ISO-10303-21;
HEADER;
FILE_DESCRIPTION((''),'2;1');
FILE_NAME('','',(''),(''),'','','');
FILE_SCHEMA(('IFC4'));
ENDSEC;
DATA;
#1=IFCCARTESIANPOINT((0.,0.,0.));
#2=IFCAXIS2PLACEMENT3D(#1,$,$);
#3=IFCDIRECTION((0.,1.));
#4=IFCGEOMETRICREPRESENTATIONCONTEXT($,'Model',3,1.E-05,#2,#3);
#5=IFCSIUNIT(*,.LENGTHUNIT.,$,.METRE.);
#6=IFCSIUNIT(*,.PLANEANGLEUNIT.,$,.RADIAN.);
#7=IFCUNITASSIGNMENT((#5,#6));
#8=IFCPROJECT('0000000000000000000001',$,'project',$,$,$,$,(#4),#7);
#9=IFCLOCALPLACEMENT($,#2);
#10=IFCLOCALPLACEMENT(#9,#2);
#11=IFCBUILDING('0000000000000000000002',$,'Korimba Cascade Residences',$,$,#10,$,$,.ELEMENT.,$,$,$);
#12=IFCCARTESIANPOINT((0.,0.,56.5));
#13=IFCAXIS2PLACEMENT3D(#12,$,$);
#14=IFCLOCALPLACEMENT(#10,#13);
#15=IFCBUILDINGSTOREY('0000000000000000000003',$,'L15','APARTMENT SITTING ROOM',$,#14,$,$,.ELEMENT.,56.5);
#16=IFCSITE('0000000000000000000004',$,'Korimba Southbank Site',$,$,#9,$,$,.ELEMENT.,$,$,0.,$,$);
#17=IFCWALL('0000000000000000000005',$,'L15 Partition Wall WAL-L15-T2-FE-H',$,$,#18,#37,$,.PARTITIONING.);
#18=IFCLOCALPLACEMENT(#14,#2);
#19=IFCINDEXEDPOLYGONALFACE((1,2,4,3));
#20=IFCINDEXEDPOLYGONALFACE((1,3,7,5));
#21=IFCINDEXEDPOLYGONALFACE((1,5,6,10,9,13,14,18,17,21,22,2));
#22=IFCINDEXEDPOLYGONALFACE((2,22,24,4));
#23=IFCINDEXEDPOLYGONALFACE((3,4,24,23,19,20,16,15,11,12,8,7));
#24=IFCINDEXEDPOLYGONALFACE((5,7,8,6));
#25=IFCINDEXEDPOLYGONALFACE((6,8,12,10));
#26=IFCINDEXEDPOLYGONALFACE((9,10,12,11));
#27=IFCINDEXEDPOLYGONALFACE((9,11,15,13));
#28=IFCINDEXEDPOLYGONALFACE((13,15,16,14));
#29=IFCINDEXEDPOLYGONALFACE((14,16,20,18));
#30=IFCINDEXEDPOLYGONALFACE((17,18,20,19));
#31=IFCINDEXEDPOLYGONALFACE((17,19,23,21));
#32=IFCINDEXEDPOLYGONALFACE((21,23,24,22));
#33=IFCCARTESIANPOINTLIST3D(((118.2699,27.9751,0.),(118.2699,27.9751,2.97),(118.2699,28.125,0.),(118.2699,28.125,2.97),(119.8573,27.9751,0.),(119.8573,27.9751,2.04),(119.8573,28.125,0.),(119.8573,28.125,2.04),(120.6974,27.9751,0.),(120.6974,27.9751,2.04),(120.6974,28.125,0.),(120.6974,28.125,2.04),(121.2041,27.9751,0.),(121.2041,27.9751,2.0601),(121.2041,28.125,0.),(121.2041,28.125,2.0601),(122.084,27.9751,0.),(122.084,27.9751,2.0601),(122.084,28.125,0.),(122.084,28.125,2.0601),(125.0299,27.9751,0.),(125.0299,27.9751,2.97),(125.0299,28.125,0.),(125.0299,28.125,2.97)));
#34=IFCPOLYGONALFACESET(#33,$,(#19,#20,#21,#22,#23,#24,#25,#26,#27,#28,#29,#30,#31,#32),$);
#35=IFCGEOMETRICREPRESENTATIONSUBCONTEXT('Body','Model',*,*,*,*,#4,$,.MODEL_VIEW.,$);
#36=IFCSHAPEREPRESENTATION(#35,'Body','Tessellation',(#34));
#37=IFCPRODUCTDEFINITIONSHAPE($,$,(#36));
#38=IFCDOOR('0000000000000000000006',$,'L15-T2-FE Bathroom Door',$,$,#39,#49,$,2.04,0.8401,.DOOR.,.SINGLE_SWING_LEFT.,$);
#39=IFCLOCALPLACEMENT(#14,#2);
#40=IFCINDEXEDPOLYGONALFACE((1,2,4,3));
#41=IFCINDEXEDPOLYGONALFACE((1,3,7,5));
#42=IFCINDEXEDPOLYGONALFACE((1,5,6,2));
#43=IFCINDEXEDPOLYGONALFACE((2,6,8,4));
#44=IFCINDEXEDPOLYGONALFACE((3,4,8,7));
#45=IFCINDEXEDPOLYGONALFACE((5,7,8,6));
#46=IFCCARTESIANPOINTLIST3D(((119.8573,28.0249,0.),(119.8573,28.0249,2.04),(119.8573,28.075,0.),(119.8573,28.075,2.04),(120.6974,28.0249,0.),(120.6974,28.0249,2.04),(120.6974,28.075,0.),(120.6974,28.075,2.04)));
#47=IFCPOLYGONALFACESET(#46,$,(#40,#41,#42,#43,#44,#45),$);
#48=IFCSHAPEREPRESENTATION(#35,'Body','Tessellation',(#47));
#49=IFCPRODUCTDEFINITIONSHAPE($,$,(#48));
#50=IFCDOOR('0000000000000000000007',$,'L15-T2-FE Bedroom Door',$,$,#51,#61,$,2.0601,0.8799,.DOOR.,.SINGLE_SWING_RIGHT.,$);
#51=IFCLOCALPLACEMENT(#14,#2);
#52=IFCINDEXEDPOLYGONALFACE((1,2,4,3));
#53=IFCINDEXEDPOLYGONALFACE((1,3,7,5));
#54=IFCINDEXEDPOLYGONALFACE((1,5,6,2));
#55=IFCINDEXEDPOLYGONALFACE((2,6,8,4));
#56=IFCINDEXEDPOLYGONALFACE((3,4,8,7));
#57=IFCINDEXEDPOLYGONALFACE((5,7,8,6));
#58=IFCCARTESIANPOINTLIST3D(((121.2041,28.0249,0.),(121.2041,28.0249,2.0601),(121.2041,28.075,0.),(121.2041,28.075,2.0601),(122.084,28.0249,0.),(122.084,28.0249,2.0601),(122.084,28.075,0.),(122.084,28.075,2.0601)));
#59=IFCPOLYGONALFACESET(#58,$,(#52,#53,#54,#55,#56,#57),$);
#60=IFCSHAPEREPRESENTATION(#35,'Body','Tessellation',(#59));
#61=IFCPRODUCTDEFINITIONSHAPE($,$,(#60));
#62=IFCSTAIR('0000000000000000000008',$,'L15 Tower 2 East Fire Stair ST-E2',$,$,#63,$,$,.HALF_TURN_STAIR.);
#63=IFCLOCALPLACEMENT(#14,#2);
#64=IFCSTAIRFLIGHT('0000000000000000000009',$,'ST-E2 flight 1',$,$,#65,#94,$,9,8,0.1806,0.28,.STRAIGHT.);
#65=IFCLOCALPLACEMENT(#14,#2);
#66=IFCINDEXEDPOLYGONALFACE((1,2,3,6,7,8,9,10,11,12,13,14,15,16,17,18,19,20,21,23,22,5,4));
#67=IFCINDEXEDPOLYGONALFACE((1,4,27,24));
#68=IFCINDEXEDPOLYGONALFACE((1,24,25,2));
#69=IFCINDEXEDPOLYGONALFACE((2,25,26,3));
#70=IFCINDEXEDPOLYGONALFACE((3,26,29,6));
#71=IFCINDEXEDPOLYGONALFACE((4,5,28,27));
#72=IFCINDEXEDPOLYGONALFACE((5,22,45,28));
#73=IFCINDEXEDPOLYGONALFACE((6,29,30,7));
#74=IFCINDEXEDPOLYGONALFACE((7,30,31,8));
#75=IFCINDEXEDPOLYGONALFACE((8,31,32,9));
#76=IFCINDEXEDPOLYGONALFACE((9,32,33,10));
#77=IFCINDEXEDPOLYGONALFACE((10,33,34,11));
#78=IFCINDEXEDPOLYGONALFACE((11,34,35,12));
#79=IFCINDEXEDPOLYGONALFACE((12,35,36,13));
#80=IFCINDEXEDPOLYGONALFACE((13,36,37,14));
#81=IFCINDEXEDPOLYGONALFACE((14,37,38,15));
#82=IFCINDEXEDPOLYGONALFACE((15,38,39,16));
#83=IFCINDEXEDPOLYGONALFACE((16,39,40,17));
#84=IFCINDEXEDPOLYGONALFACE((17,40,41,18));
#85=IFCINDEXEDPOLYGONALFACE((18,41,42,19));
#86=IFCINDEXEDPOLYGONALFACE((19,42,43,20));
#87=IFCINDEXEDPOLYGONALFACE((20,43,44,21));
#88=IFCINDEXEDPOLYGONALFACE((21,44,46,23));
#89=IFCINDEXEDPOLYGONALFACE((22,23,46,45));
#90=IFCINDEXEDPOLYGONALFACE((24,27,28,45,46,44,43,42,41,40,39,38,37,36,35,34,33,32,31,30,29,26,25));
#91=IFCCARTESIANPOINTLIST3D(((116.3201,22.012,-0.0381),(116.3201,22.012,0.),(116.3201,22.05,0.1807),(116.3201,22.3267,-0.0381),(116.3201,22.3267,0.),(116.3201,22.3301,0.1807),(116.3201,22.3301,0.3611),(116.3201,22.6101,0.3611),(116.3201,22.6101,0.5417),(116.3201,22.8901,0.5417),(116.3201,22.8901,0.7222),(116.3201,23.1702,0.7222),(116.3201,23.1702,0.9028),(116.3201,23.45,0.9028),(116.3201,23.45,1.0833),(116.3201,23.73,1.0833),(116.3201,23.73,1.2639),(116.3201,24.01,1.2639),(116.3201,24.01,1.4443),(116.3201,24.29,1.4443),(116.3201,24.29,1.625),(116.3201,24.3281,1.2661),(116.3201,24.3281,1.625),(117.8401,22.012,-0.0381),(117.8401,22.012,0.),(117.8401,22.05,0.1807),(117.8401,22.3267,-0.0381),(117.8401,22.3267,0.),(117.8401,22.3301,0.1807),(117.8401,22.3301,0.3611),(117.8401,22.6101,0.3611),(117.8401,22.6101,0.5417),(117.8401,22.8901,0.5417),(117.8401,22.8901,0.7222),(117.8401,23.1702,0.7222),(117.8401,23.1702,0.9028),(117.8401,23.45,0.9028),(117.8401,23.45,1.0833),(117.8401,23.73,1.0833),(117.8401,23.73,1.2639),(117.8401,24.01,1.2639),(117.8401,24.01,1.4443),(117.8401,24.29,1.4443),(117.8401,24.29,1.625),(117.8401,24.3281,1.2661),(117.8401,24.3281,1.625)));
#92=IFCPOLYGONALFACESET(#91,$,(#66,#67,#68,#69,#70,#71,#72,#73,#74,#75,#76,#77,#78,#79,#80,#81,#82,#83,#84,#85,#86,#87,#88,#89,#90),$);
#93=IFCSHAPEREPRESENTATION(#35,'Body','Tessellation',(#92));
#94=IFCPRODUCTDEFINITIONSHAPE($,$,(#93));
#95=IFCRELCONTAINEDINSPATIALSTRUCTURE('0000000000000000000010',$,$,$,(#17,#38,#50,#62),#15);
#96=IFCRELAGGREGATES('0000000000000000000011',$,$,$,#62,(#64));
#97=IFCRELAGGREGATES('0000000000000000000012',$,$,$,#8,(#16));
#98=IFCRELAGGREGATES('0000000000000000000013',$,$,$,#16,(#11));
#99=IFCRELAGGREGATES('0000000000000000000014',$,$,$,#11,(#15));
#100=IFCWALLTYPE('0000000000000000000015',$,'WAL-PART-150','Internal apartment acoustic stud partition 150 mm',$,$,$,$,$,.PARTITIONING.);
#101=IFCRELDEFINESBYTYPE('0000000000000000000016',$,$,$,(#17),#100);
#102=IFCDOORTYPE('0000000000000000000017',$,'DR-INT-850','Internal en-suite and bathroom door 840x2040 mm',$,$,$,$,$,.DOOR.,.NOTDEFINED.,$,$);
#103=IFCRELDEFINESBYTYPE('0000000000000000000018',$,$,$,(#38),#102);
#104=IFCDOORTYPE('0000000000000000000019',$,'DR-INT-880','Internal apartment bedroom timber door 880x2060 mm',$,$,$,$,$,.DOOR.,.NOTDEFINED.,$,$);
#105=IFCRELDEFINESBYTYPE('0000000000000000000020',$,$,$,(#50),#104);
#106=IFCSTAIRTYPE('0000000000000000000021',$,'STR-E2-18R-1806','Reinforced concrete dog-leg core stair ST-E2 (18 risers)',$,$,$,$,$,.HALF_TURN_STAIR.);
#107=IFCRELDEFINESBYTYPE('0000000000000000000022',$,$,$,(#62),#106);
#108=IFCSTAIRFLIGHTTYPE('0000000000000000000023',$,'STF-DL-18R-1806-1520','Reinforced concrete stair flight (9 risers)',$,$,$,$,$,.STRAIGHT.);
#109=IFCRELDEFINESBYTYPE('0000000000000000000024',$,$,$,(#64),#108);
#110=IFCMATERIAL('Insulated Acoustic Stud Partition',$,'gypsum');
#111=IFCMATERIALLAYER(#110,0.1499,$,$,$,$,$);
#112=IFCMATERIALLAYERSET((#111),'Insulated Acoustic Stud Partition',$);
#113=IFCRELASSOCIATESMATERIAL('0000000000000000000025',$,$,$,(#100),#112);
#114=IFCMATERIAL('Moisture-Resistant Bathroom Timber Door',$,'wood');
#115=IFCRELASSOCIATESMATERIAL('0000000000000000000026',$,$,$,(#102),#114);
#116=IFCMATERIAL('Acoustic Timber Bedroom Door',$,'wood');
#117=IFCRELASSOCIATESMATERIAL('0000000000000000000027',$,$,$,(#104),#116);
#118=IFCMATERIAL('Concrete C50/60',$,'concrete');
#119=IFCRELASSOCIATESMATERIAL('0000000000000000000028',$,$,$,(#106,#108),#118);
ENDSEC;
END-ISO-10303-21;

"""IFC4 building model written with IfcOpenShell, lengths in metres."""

from ifc_helpers import new_model, si_unit, direction, frame, frame_2d, origin, place, context, subcontext, project, spatial, polyline, rectangle, outline, extrude, material, layer, layer_set, type_object, element, fill, aggregate, save


model = new_model("IFC4")

# Units and contexts
model_context = context("Model", 3, precision=1e-05, world=origin(), true_north=direction((0.0, 1.0)))
body_context = subcontext(model_context, "Body", "Model", "MODEL_VIEW")
ifc_project = project(units=[si_unit("LENGTHUNIT", "METRE"), si_unit("PLANEANGLEUNIT", "RADIAN")], contexts=[model_context])

# Site, building, storey
site_placement = place(None, origin())
site = spatial("IfcSite", under=ifc_project, at=site_placement, Name="Korimba Southbank Site", CompositionType="ELEMENT", RefElevation=0.0)
building_placement = place(site_placement, origin())
building = spatial("IfcBuilding", under=site, at=building_placement, Name="Korimba Cascade Residences", CompositionType="ELEMENT")
storey_placement = place(building_placement, frame((0.0, 0.0, 56.5)))
storey = spatial("IfcBuildingStorey", under=building, at=storey_placement, Name="L15", Description="APARTMENT SITTING ROOM", CompositionType="ELEMENT", Elevation=56.5)

# Shared definitions
ifc_material_1 = material(Name="Concrete C50/60", Category="concrete")

# Shared definitions
ifc_material_2 = material(Name="Insulated Acoustic Stud Partition", Category="gypsum")
ifc_layer_1 = layer(ifc_material_2, 0.1499)
ifc_layer_set_1 = layer_set([ifc_layer_1], Name="Insulated Acoustic Stud Partition")
wall_type_1 = type_object("IfcWallType", Name="WAL-PART-150", Description="Internal apartment acoustic stud partition 150 mm", PredefinedType="PARTITIONING", material=ifc_layer_set_1)
ifc_material_3 = material(Name="Moisture-Resistant Bathroom Timber Door", Category="wood")
door_type_1 = type_object("IfcDoorType", Name="DR-INT-850", Description="Internal en-suite and bathroom door 840x2040 mm", OperationType="NOTDEFINED", PredefinedType="DOOR", material=ifc_material_3)

# Wall, openings, doors
wall_1_placement = place(storey_placement, frame((118.27, 28.05, 0.0), z_axis=(0.0, 0.0, 1.0), x_axis=(1.0, 0.0, 0.0)))
wall_1 = element("IfcWall", 1, at=wall_1_placement, inside=storey, type_object=wall_type_1, Name="L15 Partition Wall WAL-L15-T2-FE-H", PredefinedType="PARTITIONING", context=body_context, shape_type="SweptSolid", body=[
    extrude(rectangle(XDim=6.76, YDim=0.1499, at=frame_2d((3.3799, 0.0))), origin(), (0.0, 0.0, 1.0), 2.97),
])
opening_1_placement = place(wall_1_placement, frame((1.5874, 0.0, 0.0)))
opening_1 = element("IfcOpeningElement", 2, at=opening_1_placement, cuts=wall_1, PredefinedType="OPENING", context=body_context, shape_type="SweptSolid", body=[
    extrude(rectangle(XDim=0.8401, YDim=2.04, at=frame_2d((0.4199, 1.02))), frame((0.0, 0.085, 0.0), z_axis=(0.0, -1.0, 0.0), x_axis=(1.0, 0.0, 0.0)), (0.0, 0.0, 1.0), 0.1699),
])
opening_2_placement = place(wall_1_placement, frame((2.9341, 0.0, 0.0)))
opening_2 = element("IfcOpeningElement", 3, at=opening_2_placement, cuts=wall_1, PredefinedType="OPENING", context=body_context, shape_type="SweptSolid", body=[
    extrude(rectangle(XDim=0.8799, YDim=2.0601, at=frame_2d((0.4399, 1.03))), frame((0.0, 0.085, 0.0), z_axis=(0.0, -1.0, 0.0), x_axis=(1.0, 0.0, 0.0)), (0.0, 0.0, 1.0), 0.1699),
])
door_1_placement = place(opening_1_placement, origin())
door_1 = element("IfcDoor", 4, at=door_1_placement, inside=storey, type_object=door_type_1, Name="L15-T2-FE Bathroom Door", OperationType="SINGLE_SWING_LEFT", OverallHeight=2.04, OverallWidth=0.8401, PredefinedType="DOOR", context=body_context, shape_type="SweptSolid", body=[
    extrude(rectangle(XDim=0.8401, YDim=2.04, at=frame_2d((0.4199, 1.02))), frame((0.0, 0.0249, 0.0), z_axis=(0.0, -1.0, 0.0), x_axis=(1.0, 0.0, 0.0)), (0.0, 0.0, 1.0), 0.05),
])
fill(opening_1, door_1)
ifc_material_4 = material(Name="Acoustic Timber Bedroom Door", Category="wood")
door_type_2 = type_object("IfcDoorType", Name="DR-INT-880", Description="Internal apartment bedroom timber door 880x2060 mm", OperationType="NOTDEFINED", PredefinedType="DOOR", material=ifc_material_4)
door_2_placement = place(opening_2_placement, origin())
door_2 = element("IfcDoor", 5, at=door_2_placement, inside=storey, type_object=door_type_2, Name="L15-T2-FE Bedroom Door", OperationType="SINGLE_SWING_RIGHT", OverallHeight=2.0601, OverallWidth=0.8799, PredefinedType="DOOR", context=body_context, shape_type="SweptSolid", body=[
    extrude(rectangle(XDim=0.8799, YDim=2.0601, at=frame_2d((0.4399, 1.03))), frame((0.0, 0.0249, 0.0), z_axis=(0.0, -1.0, 0.0), x_axis=(1.0, 0.0, 0.0)), (0.0, 0.0, 1.0), 0.05),
])
fill(opening_2, door_2)

# Stair, stair flight
stair_type = type_object("IfcStairType", Name="STR-E2-18R-1806", Description="Reinforced concrete dog-leg core stair ST-E2 (18 risers)", PredefinedType="HALF_TURN_STAIR", material=ifc_material_1)
stair_placement = place(storey_placement, origin())
stair = element("IfcStair", 6, at=stair_placement, inside=storey, type_object=stair_type, Name="L15 Tower 2 East Fire Stair ST-E2", PredefinedType="HALF_TURN_STAIR")
stair_flight_type = type_object("IfcStairFlightType", Name="STF-DL-18R-1806-1520", Description="Reinforced concrete stair flight (9 risers)", PredefinedType="STRAIGHT", material=ifc_material_1)
stair_flight_placement = place(storey_placement, frame((117.0801, 22.05, 0.0), z_axis=(0.0, 0.0, 1.0), x_axis=(0.0, 1.0, 0.0)))
stair_flight = element("IfcStairFlight", 7, at=stair_flight_placement, type_object=stair_flight_type, Name="ST-E2 flight 1", NumberOfRisers=9, NumberOfTreads=8, PredefinedType="STRAIGHT", RiserHeight=0.1806, TreadLength=0.28, context=body_context, shape_type="SweptSolid", body=[
    extrude(outline(polyline([(-0.0381, 0.0), (0.0, 0.1807), (0.28, 0.1807), (0.28, 0.3611), (0.5601, 0.3611), (0.5601, 0.5417), (0.8401, 0.5417), (0.8401, 0.7222), (1.1201, 0.7222), (1.1201, 0.9028), (1.3999, 0.9028), (1.3999, 1.0833), (1.6799, 1.0833), (1.6799, 1.2639), (1.96, 1.2639), (1.96, 1.4443), (2.24, 1.4443), (2.24, 1.625), (2.2781, 1.625), (2.2781, 1.2661), (0.2766, 0.0), (0.2766, -0.0381), (-0.0381, -0.0381), (-0.0381, 0.0)])), frame((0.0, 0.76, 0.0), z_axis=(0.0, -1.0, 0.0), x_axis=(1.0, 0.0, 0.0)), (0.0, 0.0, 1.0), 1.52),
])
aggregate(stair, [stair_flight])

save(model, "model.ifc")
